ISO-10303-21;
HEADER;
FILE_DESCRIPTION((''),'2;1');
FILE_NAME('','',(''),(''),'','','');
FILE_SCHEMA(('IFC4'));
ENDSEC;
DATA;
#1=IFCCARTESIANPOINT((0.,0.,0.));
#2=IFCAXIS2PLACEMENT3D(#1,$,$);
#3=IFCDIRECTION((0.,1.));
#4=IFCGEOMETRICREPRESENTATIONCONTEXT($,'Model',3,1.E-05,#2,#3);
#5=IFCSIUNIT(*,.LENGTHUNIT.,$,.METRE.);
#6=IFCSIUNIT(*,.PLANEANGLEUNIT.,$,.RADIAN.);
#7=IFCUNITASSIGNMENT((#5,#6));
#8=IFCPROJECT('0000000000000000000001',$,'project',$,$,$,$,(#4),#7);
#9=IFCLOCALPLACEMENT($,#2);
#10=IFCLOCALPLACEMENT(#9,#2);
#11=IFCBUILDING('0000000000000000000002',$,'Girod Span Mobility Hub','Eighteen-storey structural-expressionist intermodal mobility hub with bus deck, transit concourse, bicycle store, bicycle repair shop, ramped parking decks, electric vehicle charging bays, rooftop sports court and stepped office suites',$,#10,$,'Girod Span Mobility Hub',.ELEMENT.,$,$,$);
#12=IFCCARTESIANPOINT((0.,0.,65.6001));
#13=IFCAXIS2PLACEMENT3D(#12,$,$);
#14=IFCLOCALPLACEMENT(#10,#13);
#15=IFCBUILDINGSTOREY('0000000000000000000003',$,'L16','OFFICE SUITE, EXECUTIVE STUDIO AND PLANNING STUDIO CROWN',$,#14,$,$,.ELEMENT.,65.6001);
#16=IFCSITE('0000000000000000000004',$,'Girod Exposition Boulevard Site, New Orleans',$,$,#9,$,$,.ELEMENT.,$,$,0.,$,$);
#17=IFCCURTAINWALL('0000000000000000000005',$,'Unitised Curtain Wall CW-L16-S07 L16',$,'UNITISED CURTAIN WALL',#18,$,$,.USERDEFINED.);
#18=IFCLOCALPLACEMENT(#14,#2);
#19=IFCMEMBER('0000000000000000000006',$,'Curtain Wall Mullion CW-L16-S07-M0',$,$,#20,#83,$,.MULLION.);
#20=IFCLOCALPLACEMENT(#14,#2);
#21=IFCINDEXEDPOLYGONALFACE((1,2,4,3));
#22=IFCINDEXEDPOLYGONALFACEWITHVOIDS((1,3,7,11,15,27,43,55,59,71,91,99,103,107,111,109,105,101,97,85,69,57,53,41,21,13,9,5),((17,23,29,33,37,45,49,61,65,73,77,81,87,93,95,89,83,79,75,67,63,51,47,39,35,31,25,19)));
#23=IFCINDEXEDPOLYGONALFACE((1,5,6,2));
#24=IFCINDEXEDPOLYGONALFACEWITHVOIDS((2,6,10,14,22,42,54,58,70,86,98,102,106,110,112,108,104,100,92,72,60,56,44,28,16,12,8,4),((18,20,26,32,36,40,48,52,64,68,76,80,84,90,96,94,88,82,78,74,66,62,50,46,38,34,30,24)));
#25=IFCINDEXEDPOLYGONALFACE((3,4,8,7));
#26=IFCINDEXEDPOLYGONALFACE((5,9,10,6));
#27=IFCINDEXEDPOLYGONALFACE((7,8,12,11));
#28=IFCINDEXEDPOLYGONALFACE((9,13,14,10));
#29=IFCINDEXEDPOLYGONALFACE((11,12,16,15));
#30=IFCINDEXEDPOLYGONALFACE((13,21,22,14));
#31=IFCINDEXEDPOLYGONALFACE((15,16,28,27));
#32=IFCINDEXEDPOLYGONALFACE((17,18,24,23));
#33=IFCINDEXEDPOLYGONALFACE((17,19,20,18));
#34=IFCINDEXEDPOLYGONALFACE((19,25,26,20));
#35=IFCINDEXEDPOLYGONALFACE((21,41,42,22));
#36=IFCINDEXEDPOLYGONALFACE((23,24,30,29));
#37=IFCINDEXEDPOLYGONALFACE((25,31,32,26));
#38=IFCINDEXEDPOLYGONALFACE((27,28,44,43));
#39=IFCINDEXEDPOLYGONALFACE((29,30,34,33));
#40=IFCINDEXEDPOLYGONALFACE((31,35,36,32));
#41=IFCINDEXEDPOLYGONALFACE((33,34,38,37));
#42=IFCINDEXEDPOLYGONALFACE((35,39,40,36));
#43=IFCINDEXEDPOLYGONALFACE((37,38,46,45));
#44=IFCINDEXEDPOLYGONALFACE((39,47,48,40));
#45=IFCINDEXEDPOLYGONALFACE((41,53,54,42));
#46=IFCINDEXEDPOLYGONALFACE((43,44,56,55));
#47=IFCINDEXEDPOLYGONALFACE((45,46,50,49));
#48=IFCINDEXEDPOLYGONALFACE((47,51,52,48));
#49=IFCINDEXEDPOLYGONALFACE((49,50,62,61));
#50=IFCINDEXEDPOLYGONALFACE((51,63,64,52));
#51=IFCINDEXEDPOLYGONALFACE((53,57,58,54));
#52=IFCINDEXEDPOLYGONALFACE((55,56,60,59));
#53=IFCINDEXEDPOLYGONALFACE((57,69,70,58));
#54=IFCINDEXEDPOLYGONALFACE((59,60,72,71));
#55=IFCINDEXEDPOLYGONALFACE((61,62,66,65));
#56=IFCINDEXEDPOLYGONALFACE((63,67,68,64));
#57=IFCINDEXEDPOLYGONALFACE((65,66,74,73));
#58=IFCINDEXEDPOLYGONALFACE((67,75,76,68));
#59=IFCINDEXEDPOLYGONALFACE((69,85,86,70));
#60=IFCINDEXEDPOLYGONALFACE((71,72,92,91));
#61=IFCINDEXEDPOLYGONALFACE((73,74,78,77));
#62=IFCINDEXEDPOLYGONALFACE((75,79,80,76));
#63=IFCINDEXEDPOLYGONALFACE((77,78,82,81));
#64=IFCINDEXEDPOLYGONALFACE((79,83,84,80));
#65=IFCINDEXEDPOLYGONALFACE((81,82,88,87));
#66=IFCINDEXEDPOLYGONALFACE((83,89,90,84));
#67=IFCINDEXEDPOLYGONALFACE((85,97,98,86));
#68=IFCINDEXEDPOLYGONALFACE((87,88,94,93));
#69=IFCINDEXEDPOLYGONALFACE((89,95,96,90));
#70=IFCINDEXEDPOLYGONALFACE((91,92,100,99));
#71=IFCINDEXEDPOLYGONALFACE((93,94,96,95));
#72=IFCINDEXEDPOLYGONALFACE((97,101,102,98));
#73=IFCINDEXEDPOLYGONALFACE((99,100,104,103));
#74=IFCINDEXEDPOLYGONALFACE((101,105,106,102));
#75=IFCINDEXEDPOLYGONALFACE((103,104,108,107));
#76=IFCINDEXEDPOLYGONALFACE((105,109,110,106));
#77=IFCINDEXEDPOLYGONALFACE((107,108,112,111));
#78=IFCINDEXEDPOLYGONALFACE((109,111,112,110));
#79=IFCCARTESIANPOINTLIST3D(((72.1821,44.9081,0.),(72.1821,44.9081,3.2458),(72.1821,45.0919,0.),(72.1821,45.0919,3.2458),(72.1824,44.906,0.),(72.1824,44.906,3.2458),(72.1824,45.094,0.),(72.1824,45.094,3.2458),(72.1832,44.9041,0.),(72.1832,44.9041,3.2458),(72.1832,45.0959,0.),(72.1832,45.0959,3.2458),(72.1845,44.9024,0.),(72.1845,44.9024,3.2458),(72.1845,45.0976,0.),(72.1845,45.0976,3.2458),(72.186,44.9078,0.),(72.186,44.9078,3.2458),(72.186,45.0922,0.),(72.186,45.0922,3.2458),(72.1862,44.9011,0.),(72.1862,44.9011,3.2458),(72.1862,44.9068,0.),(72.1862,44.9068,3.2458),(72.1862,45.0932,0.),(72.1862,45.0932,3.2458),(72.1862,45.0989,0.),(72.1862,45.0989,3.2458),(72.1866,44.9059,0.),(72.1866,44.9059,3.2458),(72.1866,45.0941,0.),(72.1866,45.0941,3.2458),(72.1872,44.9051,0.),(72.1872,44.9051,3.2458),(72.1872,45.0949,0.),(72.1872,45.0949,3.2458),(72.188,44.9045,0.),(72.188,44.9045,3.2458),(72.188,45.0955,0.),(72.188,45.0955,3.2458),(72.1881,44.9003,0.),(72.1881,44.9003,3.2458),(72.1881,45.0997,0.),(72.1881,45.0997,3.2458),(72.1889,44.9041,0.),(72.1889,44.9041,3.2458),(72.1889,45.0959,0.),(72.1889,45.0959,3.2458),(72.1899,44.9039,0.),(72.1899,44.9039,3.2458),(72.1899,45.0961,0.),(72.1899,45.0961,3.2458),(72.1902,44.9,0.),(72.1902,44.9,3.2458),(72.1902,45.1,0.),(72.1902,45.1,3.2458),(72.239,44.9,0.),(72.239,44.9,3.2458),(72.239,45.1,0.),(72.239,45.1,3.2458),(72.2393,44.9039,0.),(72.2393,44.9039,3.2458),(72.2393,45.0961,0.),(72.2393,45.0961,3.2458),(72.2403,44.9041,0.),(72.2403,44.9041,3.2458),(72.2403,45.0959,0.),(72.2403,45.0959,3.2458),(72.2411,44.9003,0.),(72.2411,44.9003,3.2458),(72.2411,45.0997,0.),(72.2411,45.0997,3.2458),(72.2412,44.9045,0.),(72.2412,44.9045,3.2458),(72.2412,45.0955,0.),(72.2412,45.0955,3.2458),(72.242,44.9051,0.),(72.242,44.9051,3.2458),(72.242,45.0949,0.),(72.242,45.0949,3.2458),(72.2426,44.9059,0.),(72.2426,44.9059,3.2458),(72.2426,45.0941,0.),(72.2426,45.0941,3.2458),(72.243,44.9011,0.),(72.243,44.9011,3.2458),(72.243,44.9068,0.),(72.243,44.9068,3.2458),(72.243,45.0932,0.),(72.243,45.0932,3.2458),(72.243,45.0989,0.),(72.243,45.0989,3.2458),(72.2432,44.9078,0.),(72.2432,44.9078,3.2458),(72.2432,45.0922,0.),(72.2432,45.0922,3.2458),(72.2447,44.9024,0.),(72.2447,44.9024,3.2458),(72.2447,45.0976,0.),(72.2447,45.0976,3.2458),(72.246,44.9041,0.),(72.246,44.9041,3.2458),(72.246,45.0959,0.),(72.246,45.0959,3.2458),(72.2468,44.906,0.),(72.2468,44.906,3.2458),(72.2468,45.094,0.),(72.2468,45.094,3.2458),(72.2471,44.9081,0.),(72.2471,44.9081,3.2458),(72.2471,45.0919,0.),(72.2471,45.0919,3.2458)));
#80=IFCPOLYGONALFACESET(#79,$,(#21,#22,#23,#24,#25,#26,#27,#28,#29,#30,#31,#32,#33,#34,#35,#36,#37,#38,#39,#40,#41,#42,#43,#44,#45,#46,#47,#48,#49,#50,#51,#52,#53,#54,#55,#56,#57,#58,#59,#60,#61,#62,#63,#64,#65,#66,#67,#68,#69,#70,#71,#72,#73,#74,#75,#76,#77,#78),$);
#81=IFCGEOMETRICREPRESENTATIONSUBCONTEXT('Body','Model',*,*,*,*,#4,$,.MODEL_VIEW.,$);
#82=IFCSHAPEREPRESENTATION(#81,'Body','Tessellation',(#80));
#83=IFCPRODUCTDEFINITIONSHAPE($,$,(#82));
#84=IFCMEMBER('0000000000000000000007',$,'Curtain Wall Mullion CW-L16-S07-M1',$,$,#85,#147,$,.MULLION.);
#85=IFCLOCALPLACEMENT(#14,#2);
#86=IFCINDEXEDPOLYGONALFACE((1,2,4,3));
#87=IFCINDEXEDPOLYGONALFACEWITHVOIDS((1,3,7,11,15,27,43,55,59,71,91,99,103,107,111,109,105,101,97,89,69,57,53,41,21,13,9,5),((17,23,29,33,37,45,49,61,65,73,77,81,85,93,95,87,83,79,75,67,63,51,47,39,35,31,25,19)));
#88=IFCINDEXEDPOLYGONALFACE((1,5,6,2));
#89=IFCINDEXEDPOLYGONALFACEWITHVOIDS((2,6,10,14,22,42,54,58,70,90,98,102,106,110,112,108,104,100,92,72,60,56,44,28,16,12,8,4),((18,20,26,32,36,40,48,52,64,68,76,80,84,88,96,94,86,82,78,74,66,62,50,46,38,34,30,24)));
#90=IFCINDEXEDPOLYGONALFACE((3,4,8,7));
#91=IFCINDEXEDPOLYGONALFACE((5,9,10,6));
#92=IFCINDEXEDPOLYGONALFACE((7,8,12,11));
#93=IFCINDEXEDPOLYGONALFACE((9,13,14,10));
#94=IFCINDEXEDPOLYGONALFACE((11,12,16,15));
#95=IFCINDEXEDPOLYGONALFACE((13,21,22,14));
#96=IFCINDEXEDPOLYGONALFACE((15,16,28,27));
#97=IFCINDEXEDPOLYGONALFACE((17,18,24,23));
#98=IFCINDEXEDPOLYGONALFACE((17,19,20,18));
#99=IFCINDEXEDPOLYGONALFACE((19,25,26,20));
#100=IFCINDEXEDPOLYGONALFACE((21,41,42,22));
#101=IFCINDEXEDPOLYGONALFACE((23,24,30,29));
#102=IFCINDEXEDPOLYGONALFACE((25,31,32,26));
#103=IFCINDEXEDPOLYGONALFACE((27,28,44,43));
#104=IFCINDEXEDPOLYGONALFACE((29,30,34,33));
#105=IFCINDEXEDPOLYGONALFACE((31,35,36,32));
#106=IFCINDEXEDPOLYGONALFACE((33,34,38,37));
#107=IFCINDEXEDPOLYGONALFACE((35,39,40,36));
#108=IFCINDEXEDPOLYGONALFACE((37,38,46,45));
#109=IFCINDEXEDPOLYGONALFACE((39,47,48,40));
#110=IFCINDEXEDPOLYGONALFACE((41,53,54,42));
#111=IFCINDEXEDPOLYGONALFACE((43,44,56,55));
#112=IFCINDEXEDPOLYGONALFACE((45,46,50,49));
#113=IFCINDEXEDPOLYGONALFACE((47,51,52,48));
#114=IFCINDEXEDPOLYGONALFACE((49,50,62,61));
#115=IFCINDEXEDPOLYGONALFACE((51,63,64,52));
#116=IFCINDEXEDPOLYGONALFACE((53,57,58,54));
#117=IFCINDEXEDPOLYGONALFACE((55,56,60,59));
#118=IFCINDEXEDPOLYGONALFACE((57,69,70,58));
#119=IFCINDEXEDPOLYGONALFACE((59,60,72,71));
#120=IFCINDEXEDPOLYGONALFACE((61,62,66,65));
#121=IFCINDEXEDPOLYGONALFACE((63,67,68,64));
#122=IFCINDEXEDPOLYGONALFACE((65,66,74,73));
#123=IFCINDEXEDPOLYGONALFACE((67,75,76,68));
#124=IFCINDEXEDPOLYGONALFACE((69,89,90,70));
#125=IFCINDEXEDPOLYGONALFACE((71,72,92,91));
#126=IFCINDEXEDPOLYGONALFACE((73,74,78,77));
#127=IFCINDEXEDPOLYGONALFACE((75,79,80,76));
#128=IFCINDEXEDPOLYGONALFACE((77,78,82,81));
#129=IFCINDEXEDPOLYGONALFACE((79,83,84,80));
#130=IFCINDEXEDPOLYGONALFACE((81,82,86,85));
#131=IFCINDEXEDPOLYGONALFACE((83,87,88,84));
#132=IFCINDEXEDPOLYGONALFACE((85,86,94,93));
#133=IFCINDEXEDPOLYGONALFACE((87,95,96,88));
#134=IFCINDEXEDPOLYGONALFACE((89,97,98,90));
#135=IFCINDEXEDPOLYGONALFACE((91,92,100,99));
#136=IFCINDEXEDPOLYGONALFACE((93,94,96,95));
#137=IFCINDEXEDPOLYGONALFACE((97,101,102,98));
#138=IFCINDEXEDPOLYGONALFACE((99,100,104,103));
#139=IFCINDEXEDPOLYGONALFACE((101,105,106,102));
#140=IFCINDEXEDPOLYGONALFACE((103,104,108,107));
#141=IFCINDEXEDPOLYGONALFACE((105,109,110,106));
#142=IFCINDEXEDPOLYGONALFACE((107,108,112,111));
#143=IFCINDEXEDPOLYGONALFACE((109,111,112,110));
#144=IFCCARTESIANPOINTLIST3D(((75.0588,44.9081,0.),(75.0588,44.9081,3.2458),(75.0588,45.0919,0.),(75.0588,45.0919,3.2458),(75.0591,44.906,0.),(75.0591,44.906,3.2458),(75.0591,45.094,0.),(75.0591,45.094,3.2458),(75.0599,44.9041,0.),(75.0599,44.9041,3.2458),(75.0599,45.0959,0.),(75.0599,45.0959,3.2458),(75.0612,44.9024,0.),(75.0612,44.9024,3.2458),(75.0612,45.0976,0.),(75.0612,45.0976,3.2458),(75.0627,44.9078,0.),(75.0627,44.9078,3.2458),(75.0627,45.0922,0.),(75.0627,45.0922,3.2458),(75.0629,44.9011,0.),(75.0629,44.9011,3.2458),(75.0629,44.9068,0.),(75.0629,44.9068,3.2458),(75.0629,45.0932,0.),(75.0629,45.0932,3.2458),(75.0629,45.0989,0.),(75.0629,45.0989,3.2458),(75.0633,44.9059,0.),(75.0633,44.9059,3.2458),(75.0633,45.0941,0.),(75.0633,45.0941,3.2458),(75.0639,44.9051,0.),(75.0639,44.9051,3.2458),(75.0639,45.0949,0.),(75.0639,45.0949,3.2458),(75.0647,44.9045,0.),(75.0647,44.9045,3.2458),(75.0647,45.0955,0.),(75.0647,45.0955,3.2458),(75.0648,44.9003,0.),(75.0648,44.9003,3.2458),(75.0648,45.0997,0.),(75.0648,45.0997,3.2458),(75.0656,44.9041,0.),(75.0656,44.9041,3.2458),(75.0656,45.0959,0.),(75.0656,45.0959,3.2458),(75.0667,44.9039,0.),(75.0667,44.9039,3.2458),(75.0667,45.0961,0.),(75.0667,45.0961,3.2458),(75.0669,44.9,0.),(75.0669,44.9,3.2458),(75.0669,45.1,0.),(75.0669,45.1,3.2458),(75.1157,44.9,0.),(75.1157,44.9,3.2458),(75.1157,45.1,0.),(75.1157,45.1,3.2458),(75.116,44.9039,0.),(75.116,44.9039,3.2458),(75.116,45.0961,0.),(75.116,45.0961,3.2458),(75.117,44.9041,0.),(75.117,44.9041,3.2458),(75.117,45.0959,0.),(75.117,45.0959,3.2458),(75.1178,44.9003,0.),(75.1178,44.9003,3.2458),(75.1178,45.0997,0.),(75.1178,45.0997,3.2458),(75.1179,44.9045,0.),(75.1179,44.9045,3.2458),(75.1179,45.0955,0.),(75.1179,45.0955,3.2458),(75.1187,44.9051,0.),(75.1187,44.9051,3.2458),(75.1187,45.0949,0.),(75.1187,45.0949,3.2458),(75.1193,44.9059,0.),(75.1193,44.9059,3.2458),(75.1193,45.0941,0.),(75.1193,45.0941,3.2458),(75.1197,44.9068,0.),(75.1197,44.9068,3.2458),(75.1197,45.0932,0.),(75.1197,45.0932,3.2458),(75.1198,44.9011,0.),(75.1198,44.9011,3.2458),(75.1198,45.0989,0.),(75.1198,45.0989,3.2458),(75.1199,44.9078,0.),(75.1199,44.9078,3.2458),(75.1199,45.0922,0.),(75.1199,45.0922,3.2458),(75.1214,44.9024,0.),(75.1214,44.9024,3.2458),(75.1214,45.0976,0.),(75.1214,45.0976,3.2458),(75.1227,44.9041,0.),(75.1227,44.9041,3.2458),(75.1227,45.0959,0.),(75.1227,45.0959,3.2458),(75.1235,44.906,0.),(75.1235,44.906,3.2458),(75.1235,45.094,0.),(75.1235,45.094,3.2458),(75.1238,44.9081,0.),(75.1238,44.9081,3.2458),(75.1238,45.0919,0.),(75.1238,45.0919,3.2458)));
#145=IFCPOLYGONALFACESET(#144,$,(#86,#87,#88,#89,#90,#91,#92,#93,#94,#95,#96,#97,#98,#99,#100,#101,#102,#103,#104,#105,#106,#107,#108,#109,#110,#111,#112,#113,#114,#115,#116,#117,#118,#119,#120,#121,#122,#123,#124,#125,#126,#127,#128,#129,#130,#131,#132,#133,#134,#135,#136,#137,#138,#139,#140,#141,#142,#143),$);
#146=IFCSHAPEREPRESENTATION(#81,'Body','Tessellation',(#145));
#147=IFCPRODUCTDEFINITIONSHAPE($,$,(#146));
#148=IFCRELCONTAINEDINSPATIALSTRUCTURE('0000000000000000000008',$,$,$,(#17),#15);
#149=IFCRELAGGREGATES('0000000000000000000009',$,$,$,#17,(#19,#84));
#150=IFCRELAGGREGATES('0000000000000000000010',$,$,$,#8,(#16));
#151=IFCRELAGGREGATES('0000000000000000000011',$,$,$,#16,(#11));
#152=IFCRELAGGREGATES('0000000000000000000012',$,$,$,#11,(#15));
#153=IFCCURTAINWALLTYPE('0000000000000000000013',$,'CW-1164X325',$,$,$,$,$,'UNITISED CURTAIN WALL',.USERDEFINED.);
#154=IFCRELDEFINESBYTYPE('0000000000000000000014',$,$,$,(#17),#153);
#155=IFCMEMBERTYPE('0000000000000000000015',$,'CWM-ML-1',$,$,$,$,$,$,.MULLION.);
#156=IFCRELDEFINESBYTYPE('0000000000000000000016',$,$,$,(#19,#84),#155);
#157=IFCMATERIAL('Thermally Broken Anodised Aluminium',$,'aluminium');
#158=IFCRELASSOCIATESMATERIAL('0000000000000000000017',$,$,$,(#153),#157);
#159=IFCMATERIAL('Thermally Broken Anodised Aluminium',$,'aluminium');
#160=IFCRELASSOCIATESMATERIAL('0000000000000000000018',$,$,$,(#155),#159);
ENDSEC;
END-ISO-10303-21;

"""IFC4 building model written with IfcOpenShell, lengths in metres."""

from ifc_helpers import new_model, si_unit, direction, frame, origin, origin_2d, place, context, subcontext, project, spatial, hollow_rectangle, extrude, material, material_profile, profile_set, type_object, element, aggregate, save


model = new_model("IFC4")

# Units and contexts
model_context = context("Model", 3, precision=1e-05, world=origin(), true_north=direction((0.0, 1.0)))
body_context = subcontext(model_context, "Body", "Model", "MODEL_VIEW")
ifc_project = project(units=[si_unit("LENGTHUNIT", "METRE"), si_unit("PLANEANGLEUNIT", "RADIAN")], contexts=[model_context])

# Site, building, storey
site_placement = place(None, origin())
site = spatial("IfcSite", under=ifc_project, at=site_placement, Name="Girod Exposition Boulevard Site, New Orleans", CompositionType="ELEMENT", RefElevation=0.0)
building_placement = place(site_placement, origin())
building = spatial("IfcBuilding", under=site, at=building_placement, Name="Girod Span Mobility Hub", Description="Eighteen-storey structural-expressionist intermodal mobility hub with bus deck, transit concourse, bicycle store, bicycle repair shop, ramped parking decks, electric vehicle charging bays, rooftop sports court and stepped office suites", LongName="Girod Span Mobility Hub", CompositionType="ELEMENT")
storey_placement = place(building_placement, frame((0.0, 0.0, 65.6001)))
storey = spatial("IfcBuildingStorey", under=building, at=storey_placement, Name="L16", Description="OFFICE SUITE, EXECUTIVE STUDIO AND PLANNING STUDIO CROWN", CompositionType="ELEMENT", Elevation=65.6001)

# Curtain wall, members
ifc_material_1 = material(Name="Thermally Broken Anodised Aluminium", Category="aluminium")
curtain_wall_type = type_object("IfcCurtainWallType", Name="CW-1164X325", ElementType="UNITISED CURTAIN WALL", PredefinedType="USERDEFINED", material=ifc_material_1)
ifc_material_2 = material(Name="Thermally Broken Anodised Aluminium", Category="aluminium")
ifc_material_profile_1 = material_profile(ifc_material_2, hollow_rectangle(XDim=0.2, YDim=0.0649, WallThickness=0.0039, InnerFilletRadius=0.0039, OuterFilletRadius=0.0081, at=origin_2d()), Name="CW-ML-65X200")
ifc_profile_set_1 = profile_set([ifc_material_profile_1], Name="Thermally Broken Anodised Aluminium")
member_type_1 = type_object("IfcMemberType", Name="CWM-ML-1", PredefinedType="MULLION", material=ifc_profile_set_1)
curtain_wall_1_placement = place(storey_placement, origin())
curtain_wall_1 = element("IfcCurtainWall", 1, at=curtain_wall_1_placement, inside=storey, type_object=curtain_wall_type, Name="Unitised Curtain Wall CW-L16-S07 L16", ObjectType="UNITISED CURTAIN WALL", PredefinedType="USERDEFINED")
member_1_placement = place(storey_placement, frame((72.2146, 45.0, 0.0), z_axis=(0.0, 0.0, 1.0), x_axis=(0.0, 1.0, 0.0)))
member_1 = element("IfcMember", 2, at=member_1_placement, type_object=member_type_1, Name="Curtain Wall Mullion CW-L16-S07-M0", PredefinedType="MULLION", context=body_context, shape_type="SweptSolid", body=[
    extrude(hollow_rectangle(XDim=0.2, YDim=0.0649, WallThickness=0.0039, InnerFilletRadius=0.0039, OuterFilletRadius=0.0081, at=origin_2d()), origin(), (0.0, 0.0, 1.0), 3.2458),
])
member_2_placement = place(storey_placement, frame((75.0913, 45.0, 0.0), z_axis=(0.0, 0.0, 1.0), x_axis=(0.0, 1.0, 0.0)))
member_2 = element("IfcMember", 3, at=member_2_placement, type_object=member_type_1, Name="Curtain Wall Mullion CW-L16-S07-M1", PredefinedType="MULLION", context=body_context, shape_type="SweptSolid", body=[
    extrude(hollow_rectangle(XDim=0.2, YDim=0.0649, WallThickness=0.0039, InnerFilletRadius=0.0039, OuterFilletRadius=0.0081, at=origin_2d()), origin(), (0.0, 0.0, 1.0), 3.2458),
])

aggregate(curtain_wall_1, [member_1, member_2])

save(model, "model.ifc")
